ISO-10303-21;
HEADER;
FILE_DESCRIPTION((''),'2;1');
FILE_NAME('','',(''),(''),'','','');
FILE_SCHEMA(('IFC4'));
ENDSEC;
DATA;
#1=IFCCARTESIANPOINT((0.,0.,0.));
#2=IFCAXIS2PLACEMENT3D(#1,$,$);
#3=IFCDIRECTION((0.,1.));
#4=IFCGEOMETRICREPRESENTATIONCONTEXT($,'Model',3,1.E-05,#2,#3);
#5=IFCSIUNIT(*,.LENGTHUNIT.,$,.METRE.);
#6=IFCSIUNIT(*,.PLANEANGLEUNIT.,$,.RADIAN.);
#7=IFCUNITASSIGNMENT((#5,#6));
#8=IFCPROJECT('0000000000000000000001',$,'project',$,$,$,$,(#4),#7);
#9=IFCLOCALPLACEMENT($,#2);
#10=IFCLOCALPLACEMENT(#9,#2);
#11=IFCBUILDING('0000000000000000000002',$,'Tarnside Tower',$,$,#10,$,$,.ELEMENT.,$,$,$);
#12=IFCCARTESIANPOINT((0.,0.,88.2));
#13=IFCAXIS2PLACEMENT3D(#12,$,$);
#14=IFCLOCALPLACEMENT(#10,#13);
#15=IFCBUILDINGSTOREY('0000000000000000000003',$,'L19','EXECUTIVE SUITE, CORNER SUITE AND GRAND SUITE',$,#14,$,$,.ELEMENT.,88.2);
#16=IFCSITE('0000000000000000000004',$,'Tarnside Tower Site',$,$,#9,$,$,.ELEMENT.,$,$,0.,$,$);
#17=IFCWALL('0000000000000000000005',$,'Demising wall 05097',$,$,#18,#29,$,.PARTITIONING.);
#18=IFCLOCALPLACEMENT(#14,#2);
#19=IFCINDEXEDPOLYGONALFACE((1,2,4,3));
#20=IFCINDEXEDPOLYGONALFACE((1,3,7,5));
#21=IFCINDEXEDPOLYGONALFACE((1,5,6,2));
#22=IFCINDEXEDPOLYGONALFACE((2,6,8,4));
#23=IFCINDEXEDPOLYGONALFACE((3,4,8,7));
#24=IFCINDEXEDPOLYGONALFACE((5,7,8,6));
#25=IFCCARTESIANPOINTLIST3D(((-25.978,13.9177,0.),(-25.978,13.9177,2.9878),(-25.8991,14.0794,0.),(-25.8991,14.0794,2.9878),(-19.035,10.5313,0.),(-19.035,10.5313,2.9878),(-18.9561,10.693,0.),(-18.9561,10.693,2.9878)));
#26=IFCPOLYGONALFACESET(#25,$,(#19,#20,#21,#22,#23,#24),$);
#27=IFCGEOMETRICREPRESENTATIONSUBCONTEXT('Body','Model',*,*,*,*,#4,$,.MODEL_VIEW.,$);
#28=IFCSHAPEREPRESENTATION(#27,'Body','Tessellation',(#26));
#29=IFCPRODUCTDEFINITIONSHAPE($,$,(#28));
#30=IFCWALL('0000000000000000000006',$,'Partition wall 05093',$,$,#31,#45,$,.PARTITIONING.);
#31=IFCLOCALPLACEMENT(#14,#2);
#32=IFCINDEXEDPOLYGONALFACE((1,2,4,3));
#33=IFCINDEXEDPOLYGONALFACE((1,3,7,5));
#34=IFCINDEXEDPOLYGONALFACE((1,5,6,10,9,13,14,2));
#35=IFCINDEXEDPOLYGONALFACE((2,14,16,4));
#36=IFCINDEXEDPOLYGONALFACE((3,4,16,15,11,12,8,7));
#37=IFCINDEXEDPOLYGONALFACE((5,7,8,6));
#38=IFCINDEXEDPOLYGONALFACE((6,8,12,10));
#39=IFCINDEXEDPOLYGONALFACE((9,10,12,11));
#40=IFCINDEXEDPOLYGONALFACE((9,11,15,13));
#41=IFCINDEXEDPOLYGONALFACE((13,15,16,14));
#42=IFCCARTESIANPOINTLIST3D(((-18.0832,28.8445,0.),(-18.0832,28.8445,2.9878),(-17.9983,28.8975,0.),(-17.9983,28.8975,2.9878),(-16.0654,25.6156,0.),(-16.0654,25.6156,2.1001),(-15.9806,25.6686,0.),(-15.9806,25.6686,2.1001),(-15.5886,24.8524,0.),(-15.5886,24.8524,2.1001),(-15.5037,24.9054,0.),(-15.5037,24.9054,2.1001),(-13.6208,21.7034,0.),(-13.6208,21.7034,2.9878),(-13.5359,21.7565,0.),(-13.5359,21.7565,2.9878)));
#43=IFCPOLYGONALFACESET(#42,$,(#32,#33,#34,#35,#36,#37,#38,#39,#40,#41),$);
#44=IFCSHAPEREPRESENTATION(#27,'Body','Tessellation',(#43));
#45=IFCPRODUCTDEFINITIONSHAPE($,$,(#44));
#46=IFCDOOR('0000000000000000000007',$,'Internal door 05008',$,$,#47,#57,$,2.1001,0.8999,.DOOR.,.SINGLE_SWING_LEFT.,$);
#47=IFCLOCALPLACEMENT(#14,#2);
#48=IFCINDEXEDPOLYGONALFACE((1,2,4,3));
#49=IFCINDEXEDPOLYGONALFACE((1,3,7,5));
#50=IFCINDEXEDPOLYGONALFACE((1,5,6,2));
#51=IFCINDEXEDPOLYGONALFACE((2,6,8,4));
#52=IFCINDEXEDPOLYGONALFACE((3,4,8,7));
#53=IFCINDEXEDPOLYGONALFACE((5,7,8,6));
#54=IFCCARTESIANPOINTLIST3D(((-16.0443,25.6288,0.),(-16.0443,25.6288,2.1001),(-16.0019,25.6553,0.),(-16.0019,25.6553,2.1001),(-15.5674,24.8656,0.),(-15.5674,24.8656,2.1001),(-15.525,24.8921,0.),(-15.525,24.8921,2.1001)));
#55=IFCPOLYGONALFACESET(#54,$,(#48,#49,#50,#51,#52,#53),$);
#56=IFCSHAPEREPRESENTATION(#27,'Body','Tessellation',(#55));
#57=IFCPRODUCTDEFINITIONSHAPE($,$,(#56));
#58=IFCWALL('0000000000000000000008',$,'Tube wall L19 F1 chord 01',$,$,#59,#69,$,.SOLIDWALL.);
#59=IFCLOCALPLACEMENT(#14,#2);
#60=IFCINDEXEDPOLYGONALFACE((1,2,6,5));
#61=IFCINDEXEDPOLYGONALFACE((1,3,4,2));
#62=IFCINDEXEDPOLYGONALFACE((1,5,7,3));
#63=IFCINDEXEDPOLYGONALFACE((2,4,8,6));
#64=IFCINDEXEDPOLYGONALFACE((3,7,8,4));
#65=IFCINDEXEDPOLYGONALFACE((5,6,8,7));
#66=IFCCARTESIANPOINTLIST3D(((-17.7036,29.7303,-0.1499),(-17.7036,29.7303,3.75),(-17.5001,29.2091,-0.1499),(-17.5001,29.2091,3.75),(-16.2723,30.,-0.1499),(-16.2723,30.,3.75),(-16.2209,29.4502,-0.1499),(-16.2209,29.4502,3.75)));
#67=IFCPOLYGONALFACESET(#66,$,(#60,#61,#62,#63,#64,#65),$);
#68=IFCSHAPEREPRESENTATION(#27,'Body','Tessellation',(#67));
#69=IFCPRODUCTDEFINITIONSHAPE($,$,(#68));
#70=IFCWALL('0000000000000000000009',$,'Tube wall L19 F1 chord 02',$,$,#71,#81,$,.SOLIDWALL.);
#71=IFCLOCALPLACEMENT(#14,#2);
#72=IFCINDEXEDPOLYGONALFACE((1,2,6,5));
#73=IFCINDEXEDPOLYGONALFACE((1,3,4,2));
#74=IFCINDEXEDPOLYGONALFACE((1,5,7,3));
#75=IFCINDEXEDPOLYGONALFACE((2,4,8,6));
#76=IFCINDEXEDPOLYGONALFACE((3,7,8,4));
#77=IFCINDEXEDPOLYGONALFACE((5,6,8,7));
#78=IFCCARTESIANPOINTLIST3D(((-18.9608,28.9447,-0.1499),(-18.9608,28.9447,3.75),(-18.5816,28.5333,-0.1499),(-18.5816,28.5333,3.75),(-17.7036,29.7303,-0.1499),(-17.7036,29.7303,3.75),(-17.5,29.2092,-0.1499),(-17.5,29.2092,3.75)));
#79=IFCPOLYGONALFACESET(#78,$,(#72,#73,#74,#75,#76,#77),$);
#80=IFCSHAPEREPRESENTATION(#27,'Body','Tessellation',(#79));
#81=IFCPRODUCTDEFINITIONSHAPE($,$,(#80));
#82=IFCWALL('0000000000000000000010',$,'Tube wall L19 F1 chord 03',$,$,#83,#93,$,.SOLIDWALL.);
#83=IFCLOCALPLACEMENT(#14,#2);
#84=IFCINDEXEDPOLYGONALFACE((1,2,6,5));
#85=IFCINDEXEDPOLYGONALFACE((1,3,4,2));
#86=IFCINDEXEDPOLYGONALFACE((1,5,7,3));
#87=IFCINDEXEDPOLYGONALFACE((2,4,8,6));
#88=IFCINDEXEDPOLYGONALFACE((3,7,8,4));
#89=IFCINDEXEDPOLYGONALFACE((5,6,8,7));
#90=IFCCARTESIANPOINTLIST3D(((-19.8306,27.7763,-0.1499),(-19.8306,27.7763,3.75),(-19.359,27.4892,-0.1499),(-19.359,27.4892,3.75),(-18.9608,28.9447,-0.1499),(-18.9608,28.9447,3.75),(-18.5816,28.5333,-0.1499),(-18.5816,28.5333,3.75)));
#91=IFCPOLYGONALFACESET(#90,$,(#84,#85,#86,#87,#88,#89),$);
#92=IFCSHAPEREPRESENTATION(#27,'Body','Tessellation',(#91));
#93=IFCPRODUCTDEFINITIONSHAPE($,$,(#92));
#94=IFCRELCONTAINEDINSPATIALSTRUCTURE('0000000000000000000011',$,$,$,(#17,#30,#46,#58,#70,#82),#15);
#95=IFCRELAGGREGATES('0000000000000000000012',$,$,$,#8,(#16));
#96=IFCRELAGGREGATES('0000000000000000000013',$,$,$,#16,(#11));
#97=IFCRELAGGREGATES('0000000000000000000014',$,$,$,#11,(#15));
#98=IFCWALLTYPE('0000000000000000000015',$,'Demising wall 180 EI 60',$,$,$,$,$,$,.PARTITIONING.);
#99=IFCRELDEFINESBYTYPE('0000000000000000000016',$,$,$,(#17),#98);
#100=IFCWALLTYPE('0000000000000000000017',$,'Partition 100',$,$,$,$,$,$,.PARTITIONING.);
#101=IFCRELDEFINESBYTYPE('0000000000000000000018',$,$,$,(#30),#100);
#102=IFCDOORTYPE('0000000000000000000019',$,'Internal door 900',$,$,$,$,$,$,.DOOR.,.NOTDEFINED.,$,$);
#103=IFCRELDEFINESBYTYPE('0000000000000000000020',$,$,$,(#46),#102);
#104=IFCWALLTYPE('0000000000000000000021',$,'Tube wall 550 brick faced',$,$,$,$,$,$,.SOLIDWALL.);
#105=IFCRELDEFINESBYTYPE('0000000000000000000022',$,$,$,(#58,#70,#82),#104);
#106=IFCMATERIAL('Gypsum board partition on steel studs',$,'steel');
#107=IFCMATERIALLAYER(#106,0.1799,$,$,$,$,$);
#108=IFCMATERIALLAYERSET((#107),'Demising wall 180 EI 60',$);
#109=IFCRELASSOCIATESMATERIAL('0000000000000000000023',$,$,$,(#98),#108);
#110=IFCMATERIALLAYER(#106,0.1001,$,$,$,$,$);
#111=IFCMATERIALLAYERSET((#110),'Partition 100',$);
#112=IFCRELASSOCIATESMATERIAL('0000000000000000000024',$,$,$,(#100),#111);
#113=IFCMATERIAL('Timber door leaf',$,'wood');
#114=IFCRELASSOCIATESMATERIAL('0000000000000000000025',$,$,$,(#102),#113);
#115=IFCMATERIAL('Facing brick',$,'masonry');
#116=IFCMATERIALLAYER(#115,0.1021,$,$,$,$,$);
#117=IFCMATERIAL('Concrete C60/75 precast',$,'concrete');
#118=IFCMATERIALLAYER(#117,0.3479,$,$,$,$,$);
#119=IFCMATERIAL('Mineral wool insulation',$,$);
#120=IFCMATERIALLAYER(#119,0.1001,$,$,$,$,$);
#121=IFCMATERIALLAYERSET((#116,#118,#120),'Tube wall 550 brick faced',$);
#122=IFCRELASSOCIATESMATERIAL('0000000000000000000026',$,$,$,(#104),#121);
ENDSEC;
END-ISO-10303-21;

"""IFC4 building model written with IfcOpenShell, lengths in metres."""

from ifc_helpers import new_model, si_unit, direction, frame, frame_2d, origin, place, context, subcontext, project, spatial, polyline, rectangle, outline, extrude, material, layer, layer_set, type_object, element, fill, save


model = new_model("IFC4")

# Units and contexts
model_context = context("Model", 3, precision=1e-05, world=origin(), true_north=direction((0.0, 1.0)))
body_context = subcontext(model_context, "Body", "Model", "MODEL_VIEW")
ifc_project = project(units=[si_unit("LENGTHUNIT", "METRE"), si_unit("PLANEANGLEUNIT", "RADIAN")], contexts=[model_context])

# Site, building, storey
site_placement = place(None, origin())
site = spatial("IfcSite", under=ifc_project, at=site_placement, Name="Tarnside Tower Site", CompositionType="ELEMENT", RefElevation=0.0)
building_placement = place(site_placement, origin())
building = spatial("IfcBuilding", under=site, at=building_placement, Name="Tarnside Tower", CompositionType="ELEMENT")
storey_placement = place(building_placement, frame((0.0, 0.0, 88.2)))
storey = spatial("IfcBuildingStorey", under=building, at=storey_placement, Name="L19", Description="EXECUTIVE SUITE, CORNER SUITE AND GRAND SUITE", CompositionType="ELEMENT", Elevation=88.2)

# Shared definitions
ifc_material_1 = material(Name="Gypsum board partition on steel studs", Category="steel")

# Shared definitions
ifc_material_2 = material(Name="Timber door leaf", Category="wood")

# Wall
ifc_layer_1 = layer(ifc_material_1, 0.1799)
ifc_layer_set_1 = layer_set([ifc_layer_1], Name="Demising wall 180 EI 60")
wall_type_1 = type_object("IfcWallType", Name="Demising wall 180 EI 60", PredefinedType="PARTITIONING", material=ifc_layer_set_1)
for number, where, z_axis, x_axis, name in (
    (1, (-25.9385, 13.9985, 0.0), (0.0, 0.0, 1.0), (0.898789, -0.438381, 0.0), "Demising wall 05097"),
):
    element("IfcWall", number, at=place(storey_placement, frame(where, z_axis=z_axis, x_axis=x_axis)), inside=storey, type_object=wall_type_1, Name=name, PredefinedType="PARTITIONING", context=body_context, shape_type="SweptSolid", body=[
        extrude(rectangle(XDim=7.7249, YDim=0.1799, at=frame_2d((3.8623, 0.0))), origin(), (0.0, 0.0, 1.0), 2.9878),
    ])

# Wall, opening, door
ifc_layer_2 = layer(ifc_material_1, 0.1001)
ifc_layer_set_2 = layer_set([ifc_layer_2], Name="Partition 100")
wall_type_2 = type_object("IfcWallType", Name="Partition 100", PredefinedType="PARTITIONING", material=ifc_layer_set_2)
wall_1_placement = place(storey_placement, frame((-18.0408, 28.8711, 0.0), z_axis=(0.0, 0.0, 1.0), x_axis=(0.529931, -0.848041, 0.0)))
wall_1 = element("IfcWall", 2, at=wall_1_placement, inside=storey, type_object=wall_type_2, Name="Partition wall 05093", PredefinedType="PARTITIONING", context=body_context, shape_type="SweptSolid", body=[
    extrude(rectangle(XDim=8.4207, YDim=0.1001, at=frame_2d((4.2104, 0.0))), origin(), (0.0, 0.0, 1.0), 2.9878),
])
opening_1_placement = place(wall_1_placement, frame((3.8076, 0.0, 0.0)))
opening_1 = element("IfcOpeningElement", 3, at=opening_1_placement, cuts=wall_1, PredefinedType="OPENING", context=body_context, shape_type="SweptSolid", body=[
    extrude(rectangle(XDim=0.8999, YDim=2.1001, at=frame_2d((0.45, 1.05))), frame((0.0, 0.0601, 0.0), z_axis=(0.0, -1.0, 0.0), x_axis=(1.0, 0.0, 0.0)), (0.0, 0.0, 1.0), 0.1201),
])
door_type_1 = type_object("IfcDoorType", Name="Internal door 900", OperationType="NOTDEFINED", PredefinedType="DOOR", material=ifc_material_2)
door_1_placement = place(opening_1_placement, origin())
door_1 = element("IfcDoor", 4, at=door_1_placement, inside=storey, type_object=door_type_1, Name="Internal door 05008", OperationType="SINGLE_SWING_LEFT", OverallHeight=2.1001, OverallWidth=0.8999, PredefinedType="DOOR", context=body_context, shape_type="SweptSolid", body=[
    extrude(rectangle(XDim=0.8999, YDim=2.1001, at=frame_2d((0.45, 1.05))), frame((0.0, 0.0249, 0.0), z_axis=(0.0, -1.0, 0.0), x_axis=(1.0, 0.0, 0.0)), (0.0, 0.0, 1.0), 0.05),
])
fill(opening_1, door_1)

# Walls
ifc_material_3 = material(Name="Facing brick", Category="masonry")
ifc_layer_3 = layer(ifc_material_3, 0.1021)
ifc_material_4 = material(Name="Concrete C60/75 precast", Category="concrete")
ifc_layer_4 = layer(ifc_material_4, 0.3479)
ifc_material_5 = material(Name="Mineral wool insulation")
ifc_layer_5 = layer(ifc_material_5, 0.1001)
ifc_layer_set_3 = layer_set([ifc_layer_3, ifc_layer_4, ifc_layer_5], Name="Tube wall 550 brick faced")
wall_type_3 = type_object("IfcWallType", Name="Tube wall 550 brick faced", PredefinedType="SOLIDWALL", material=ifc_layer_set_3)
wall_2_placement = place(storey_placement, frame((-16.2466, 29.7251, -0.1499), z_axis=(0.0, 0.0, 1.0), x_axis=(-0.982705, -0.185176, 0.0)))
element("IfcWall", 5, at=wall_2_placement, inside=storey, type_object=wall_type_3, Name="Tube wall L19 F1 chord 01", PredefinedType="SOLIDWALL", context=body_context, shape_type="SweptSolid", body=[
    extrude(outline(polyline([(-0.0256, -0.2749), (1.4309, -0.2749), (1.3274, 0.2749), (0.0256, 0.2749), (-0.0256, -0.2749)])), origin(), (0.0, 0.0, 1.0), 3.8999),
])
wall_3_placement = place(storey_placement, frame((-17.6018, 29.4697, -0.1499), z_axis=(0.0, 0.0, 1.0), x_axis=(-0.848058, -0.529903, 0.0)))
element("IfcWall", 6, at=wall_3_placement, inside=storey, type_object=wall_type_3, Name="Tube wall L19 F1 chord 02", PredefinedType="SOLIDWALL", context=body_context, shape_type="SweptSolid", body=[
    extrude(outline(polyline([(-0.0518, -0.2749), (1.4307, -0.2749), (1.3271, 0.2749), (0.0518, 0.2749), (-0.0518, -0.2749)])), origin(), (0.0, 0.0, 1.0), 3.8999),
])
wall_4_placement = place(storey_placement, frame((-18.7712, 28.739, -0.1499), z_axis=(0.0, 0.0, 1.0), x_axis=(-0.597135, -0.802141, 0.0)))
element("IfcWall", 7, at=wall_4_placement, inside=storey, type_object=wall_type_3, Name="Tube wall L19 F1 chord 03", PredefinedType="SOLIDWALL", context=body_context, shape_type="SweptSolid", body=[
    extrude(outline(polyline([(-0.0518, -0.2749), (1.4048, -0.2749), (1.3535, 0.2749), (0.0518, 0.2749), (-0.0518, -0.2749)])), origin(), (0.0, 0.0, 1.0), 3.8999),
])

save(model, "model.ifc")
